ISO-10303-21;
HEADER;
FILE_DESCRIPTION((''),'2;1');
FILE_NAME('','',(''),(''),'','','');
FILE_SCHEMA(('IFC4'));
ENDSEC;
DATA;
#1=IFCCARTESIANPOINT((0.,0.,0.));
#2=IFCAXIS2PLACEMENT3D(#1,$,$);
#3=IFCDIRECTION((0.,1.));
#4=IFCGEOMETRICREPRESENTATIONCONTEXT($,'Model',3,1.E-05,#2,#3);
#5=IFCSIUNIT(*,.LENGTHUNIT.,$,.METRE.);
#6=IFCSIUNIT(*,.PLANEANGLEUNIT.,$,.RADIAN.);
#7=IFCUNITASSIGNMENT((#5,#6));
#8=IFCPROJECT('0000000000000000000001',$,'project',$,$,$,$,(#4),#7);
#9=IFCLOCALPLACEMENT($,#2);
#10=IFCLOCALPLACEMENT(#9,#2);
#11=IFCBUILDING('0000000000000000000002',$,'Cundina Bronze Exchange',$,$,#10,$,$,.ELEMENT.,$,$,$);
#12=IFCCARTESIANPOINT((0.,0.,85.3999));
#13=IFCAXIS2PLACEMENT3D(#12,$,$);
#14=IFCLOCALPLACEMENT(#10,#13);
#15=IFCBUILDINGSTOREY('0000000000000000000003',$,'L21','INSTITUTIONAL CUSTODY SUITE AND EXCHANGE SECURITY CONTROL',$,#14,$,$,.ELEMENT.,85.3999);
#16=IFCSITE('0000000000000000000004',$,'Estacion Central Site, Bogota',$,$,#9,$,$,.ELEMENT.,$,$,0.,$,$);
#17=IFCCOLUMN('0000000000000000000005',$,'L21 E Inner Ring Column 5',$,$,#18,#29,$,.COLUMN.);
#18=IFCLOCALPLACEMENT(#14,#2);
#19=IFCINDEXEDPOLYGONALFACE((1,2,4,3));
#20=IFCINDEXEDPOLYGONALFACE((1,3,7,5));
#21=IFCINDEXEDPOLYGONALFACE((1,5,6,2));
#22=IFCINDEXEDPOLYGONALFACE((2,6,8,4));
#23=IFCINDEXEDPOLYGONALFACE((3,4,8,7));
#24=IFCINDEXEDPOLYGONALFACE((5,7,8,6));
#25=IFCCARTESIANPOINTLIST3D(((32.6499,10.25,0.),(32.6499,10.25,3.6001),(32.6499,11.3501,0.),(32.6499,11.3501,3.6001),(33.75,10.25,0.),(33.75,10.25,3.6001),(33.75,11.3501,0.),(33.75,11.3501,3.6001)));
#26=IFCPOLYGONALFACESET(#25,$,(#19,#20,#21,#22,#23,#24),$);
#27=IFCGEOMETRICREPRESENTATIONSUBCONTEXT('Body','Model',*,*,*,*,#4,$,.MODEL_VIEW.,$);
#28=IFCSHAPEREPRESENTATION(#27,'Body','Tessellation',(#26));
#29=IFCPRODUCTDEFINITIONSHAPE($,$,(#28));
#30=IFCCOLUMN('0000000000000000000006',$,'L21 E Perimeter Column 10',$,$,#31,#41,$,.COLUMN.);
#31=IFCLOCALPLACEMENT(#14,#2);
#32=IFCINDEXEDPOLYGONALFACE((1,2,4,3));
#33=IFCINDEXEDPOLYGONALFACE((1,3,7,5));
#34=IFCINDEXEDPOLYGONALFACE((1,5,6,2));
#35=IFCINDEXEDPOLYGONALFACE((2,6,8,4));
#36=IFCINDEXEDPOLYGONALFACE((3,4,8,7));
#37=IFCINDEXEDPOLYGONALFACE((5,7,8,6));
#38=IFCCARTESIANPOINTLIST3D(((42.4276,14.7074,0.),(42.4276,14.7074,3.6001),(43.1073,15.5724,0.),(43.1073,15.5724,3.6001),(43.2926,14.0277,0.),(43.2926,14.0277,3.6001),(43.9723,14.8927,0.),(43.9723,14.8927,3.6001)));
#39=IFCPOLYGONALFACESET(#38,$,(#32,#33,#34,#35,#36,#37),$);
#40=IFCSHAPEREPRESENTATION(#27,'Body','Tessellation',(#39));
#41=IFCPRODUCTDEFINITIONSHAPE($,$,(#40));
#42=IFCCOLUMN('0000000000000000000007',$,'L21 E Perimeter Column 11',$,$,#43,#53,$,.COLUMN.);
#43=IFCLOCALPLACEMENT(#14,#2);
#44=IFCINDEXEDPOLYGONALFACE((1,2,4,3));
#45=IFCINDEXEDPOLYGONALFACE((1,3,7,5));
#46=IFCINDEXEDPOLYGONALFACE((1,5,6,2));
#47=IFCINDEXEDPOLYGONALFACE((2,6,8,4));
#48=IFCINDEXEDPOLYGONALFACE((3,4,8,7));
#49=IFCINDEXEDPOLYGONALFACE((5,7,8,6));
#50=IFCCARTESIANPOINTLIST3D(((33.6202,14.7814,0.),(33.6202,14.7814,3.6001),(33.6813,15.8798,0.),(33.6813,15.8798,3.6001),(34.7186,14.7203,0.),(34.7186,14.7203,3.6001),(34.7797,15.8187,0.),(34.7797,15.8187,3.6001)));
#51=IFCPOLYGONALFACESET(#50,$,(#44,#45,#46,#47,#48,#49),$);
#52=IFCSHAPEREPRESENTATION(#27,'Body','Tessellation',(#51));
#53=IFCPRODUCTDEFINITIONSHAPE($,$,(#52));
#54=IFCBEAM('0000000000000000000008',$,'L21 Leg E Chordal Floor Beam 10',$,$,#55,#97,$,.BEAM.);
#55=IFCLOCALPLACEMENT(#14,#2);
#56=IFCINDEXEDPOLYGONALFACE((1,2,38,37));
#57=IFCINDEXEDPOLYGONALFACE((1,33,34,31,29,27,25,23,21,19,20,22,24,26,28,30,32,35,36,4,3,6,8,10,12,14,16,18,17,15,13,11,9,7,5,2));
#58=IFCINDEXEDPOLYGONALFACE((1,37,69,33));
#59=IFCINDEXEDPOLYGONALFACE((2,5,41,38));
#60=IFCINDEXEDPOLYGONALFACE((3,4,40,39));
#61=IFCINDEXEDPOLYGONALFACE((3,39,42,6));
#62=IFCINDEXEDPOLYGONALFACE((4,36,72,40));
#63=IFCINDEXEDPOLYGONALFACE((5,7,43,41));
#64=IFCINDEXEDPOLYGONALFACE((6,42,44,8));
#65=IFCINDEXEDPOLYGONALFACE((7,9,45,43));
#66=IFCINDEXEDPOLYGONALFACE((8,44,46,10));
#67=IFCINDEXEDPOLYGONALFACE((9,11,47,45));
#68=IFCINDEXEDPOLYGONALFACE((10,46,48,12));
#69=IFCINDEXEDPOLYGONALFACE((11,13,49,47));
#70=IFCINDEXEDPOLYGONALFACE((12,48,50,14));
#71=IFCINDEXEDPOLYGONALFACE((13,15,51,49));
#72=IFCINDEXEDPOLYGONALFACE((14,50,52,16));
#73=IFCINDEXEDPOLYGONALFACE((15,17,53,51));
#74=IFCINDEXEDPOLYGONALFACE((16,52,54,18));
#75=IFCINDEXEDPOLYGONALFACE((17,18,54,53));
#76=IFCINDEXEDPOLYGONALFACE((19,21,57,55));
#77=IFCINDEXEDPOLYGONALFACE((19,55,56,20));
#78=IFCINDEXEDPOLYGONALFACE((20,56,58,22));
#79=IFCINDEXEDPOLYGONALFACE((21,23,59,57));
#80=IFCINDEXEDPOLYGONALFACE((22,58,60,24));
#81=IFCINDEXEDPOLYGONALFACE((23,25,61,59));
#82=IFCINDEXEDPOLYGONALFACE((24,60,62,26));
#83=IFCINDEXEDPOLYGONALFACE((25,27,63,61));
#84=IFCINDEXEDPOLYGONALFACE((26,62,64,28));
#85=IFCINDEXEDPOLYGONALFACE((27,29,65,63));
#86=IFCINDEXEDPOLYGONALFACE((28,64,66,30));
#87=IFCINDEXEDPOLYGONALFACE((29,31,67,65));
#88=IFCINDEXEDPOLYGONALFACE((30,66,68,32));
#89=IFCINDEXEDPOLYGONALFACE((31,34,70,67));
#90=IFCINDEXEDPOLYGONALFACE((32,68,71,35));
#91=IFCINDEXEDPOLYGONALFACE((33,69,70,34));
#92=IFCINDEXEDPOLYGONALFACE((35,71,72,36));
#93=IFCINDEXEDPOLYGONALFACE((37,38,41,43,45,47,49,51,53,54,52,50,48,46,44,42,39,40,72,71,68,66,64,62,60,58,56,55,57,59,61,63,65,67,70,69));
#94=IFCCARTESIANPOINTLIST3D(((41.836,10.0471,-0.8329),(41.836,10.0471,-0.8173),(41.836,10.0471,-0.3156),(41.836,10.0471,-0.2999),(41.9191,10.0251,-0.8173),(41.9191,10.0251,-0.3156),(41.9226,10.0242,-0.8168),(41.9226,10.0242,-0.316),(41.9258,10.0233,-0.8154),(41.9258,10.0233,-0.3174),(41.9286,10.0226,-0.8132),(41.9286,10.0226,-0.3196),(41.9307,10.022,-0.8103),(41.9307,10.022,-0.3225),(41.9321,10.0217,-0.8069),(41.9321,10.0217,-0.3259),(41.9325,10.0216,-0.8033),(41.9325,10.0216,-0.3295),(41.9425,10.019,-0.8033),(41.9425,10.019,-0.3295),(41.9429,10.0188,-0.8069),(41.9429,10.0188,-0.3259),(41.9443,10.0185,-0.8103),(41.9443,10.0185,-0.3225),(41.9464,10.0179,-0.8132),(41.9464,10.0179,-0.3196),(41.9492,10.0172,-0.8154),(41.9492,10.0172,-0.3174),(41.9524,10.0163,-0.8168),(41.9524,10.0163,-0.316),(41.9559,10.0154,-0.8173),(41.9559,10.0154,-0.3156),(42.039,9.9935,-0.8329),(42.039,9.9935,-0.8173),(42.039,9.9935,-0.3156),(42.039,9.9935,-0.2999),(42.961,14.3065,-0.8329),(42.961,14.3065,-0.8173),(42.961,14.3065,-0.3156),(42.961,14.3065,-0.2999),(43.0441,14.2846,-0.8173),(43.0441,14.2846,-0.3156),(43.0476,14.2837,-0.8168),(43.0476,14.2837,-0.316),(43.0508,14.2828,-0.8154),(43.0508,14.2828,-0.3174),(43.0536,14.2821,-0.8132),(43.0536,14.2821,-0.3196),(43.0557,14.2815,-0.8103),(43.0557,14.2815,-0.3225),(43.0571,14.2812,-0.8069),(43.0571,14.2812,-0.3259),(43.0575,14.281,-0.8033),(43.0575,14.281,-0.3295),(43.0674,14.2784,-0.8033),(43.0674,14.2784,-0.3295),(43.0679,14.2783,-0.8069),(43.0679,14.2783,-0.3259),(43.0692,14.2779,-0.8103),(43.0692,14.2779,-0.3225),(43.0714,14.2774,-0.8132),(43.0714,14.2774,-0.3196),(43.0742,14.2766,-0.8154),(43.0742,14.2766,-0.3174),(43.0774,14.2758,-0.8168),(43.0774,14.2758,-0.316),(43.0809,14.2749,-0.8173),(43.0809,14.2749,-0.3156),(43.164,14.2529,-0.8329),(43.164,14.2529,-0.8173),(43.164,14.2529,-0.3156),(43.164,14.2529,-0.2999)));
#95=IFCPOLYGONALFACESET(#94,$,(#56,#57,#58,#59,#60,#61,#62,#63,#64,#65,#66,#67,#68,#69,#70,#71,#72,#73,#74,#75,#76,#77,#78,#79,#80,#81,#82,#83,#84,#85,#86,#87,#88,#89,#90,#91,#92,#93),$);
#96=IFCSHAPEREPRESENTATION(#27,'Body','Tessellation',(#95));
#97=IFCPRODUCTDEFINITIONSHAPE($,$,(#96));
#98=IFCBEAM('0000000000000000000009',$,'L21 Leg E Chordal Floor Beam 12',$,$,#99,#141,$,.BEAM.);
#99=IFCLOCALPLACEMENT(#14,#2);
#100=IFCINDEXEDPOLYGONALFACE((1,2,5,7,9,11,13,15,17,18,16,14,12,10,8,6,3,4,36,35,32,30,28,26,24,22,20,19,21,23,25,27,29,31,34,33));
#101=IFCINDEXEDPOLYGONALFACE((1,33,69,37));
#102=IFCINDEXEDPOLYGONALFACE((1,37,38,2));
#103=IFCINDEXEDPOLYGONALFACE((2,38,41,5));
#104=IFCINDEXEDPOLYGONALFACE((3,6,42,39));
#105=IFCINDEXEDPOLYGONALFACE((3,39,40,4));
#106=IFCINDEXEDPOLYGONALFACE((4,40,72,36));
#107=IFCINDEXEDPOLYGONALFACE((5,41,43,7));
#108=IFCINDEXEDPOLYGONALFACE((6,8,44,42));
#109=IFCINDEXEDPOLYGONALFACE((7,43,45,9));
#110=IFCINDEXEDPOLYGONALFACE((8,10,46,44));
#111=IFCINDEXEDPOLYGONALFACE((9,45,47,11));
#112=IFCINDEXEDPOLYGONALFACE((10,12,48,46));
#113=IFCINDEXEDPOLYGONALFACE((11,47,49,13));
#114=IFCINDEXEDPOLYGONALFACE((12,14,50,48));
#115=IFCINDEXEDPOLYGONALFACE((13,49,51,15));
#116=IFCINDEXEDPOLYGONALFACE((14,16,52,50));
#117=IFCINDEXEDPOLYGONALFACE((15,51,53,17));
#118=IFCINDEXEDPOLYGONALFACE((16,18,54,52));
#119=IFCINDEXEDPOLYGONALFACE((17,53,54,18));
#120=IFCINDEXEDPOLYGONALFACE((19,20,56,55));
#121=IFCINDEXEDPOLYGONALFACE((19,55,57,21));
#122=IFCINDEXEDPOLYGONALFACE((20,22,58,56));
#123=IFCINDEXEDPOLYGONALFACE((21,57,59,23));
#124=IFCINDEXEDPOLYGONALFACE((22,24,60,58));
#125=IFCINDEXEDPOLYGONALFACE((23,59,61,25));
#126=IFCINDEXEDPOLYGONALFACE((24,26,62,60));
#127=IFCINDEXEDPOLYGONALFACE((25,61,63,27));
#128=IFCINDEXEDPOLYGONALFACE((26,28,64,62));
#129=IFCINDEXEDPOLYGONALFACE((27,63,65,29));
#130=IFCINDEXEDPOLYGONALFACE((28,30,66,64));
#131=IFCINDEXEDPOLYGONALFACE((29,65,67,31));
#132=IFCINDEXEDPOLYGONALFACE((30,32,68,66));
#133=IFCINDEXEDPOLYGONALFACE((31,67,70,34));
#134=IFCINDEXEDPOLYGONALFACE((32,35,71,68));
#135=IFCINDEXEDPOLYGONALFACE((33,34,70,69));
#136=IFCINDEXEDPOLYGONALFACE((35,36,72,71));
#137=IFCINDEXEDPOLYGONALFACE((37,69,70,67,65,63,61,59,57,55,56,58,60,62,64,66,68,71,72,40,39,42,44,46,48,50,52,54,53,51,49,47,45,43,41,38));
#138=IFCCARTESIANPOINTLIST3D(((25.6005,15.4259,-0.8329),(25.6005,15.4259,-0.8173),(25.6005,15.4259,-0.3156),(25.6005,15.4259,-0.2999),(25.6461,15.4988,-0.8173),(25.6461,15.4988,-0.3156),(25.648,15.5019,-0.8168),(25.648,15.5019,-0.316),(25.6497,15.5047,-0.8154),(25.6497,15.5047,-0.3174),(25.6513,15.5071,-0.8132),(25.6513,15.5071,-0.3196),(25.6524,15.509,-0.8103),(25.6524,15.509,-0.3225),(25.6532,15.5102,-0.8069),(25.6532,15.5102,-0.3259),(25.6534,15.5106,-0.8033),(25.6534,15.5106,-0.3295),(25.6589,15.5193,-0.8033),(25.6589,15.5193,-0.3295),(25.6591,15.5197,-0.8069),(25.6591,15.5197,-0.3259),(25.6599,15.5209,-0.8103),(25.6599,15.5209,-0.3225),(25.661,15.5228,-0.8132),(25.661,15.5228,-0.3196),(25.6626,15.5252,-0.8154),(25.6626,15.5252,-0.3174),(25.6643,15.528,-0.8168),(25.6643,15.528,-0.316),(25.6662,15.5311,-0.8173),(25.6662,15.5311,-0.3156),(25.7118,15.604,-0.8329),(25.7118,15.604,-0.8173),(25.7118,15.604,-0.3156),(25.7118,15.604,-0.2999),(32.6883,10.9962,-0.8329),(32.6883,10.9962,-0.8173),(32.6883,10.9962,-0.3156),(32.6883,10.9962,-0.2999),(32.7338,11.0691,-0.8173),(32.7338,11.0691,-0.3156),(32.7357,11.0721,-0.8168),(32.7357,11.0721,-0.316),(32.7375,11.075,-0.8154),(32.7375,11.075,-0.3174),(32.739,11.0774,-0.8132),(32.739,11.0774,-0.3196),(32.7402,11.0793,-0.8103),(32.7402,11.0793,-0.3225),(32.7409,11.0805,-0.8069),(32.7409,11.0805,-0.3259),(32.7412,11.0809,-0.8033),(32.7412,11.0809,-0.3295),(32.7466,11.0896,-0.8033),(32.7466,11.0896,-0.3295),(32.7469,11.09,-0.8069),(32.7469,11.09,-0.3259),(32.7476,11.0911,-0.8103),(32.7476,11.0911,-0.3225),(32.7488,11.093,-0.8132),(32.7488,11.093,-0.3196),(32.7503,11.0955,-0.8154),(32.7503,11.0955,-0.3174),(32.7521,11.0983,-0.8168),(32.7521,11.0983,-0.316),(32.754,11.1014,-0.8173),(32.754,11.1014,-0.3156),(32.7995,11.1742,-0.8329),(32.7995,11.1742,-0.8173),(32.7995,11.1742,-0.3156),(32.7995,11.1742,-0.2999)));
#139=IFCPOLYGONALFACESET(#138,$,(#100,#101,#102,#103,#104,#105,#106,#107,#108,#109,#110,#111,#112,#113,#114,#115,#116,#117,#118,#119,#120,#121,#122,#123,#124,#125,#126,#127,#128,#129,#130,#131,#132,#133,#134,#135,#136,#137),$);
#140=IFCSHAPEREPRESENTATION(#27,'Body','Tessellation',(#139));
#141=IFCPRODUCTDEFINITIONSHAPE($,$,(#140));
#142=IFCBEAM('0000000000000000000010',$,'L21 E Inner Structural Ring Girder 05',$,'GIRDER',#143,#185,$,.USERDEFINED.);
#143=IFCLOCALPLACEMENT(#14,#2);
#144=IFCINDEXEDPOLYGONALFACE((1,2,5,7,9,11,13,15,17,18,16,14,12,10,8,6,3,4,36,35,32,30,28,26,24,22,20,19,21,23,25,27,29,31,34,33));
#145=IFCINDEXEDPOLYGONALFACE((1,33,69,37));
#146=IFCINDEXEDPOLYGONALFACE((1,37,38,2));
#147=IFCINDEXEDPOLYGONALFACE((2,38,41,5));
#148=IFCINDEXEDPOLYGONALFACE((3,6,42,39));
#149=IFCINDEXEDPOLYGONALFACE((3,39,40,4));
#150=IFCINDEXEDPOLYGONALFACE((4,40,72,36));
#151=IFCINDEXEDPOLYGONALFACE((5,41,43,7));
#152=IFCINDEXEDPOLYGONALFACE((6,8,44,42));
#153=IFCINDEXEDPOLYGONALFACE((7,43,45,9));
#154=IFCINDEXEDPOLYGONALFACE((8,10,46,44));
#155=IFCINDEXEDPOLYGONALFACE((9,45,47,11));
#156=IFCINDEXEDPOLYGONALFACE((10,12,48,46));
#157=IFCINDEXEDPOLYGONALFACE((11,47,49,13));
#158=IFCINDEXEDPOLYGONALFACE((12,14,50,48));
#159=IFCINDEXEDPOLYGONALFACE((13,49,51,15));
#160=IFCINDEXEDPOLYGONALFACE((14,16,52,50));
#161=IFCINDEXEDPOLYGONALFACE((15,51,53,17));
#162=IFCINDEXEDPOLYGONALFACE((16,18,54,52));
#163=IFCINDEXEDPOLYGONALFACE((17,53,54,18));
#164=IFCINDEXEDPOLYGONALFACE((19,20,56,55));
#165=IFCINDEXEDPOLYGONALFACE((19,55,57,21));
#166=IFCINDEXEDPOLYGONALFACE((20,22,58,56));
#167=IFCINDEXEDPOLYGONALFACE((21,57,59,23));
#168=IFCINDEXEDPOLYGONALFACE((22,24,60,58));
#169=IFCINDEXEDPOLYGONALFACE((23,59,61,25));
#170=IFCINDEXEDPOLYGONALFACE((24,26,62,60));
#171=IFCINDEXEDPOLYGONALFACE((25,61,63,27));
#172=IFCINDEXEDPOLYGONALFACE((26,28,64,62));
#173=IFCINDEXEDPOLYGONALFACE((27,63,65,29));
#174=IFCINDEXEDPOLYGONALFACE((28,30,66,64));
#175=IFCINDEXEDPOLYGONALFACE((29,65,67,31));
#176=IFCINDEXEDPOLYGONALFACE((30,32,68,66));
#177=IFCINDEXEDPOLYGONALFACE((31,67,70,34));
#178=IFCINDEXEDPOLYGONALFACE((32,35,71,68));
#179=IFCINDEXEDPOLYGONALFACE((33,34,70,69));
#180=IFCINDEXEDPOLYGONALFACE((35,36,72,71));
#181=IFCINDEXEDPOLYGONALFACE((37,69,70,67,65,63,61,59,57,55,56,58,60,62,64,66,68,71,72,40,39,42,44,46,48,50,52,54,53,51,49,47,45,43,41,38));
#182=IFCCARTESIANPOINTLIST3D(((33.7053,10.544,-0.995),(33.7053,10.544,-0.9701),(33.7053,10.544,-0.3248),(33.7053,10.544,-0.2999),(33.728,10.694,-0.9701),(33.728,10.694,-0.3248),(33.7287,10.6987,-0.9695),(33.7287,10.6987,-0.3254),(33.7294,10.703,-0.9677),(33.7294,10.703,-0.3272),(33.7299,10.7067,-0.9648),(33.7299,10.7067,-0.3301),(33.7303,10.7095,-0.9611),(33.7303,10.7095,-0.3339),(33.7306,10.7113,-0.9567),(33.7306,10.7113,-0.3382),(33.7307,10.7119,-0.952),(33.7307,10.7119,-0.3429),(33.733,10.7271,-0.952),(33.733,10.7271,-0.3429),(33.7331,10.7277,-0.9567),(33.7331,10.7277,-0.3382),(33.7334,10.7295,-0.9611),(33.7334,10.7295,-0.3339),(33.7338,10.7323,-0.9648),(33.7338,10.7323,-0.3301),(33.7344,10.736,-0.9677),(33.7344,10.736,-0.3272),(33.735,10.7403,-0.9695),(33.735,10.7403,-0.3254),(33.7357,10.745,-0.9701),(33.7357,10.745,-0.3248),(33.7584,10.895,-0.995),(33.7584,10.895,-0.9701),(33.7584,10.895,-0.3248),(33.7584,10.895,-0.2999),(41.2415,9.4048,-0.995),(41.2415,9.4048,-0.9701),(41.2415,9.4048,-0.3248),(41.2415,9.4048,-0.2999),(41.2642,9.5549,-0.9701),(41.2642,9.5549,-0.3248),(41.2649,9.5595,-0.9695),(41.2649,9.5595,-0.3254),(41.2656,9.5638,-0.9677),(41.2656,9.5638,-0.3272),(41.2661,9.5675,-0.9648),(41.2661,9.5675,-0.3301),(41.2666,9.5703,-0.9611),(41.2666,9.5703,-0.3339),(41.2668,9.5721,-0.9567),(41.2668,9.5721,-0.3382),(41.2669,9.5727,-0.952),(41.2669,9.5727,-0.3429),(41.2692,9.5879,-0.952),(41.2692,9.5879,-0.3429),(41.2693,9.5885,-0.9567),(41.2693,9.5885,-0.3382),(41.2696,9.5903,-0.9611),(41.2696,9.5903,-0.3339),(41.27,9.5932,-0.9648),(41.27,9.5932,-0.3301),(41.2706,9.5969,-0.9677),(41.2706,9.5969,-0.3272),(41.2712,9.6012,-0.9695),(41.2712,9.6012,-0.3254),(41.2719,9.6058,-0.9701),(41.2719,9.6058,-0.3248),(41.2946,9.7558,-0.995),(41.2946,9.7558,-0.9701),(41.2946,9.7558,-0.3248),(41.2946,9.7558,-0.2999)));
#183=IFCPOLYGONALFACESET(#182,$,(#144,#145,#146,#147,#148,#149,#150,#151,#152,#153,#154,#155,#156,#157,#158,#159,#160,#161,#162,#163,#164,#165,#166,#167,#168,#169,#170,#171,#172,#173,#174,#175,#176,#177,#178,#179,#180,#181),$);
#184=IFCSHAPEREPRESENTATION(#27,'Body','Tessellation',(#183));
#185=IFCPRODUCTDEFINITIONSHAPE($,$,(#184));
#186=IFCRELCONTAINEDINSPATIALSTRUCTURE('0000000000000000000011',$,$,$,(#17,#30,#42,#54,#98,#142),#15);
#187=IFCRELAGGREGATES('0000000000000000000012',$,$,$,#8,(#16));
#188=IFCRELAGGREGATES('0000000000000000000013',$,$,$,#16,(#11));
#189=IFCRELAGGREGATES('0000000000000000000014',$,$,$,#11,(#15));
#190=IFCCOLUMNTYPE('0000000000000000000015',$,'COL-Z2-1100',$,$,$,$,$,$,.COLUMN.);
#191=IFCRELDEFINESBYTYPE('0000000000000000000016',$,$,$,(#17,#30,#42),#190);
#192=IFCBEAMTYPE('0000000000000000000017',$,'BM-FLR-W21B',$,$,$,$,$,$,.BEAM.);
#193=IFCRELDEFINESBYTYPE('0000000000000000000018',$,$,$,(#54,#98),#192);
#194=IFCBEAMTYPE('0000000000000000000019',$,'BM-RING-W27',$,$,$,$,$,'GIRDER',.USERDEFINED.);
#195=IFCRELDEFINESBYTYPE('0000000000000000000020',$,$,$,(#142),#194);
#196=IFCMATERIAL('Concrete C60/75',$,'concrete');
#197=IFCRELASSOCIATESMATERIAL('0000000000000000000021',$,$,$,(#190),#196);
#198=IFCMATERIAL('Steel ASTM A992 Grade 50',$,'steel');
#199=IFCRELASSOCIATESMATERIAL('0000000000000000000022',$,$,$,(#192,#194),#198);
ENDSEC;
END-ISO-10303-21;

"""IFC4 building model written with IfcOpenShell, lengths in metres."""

from ifc_helpers import new_model, si_unit, direction, frame, origin, origin_2d, place, context, subcontext, project, spatial, rectangle, i_section, extrude, material, material_profile, profile_set, type_object, element, save


model = new_model("IFC4")

# Units and contexts
model_context = context("Model", 3, precision=1e-05, world=origin(), true_north=direction((0.0, 1.0)))
body_context = subcontext(model_context, "Body", "Model", "MODEL_VIEW")
ifc_project = project(units=[si_unit("LENGTHUNIT", "METRE"), si_unit("PLANEANGLEUNIT", "RADIAN")], contexts=[model_context])

# Site, building, storey
site_placement = place(None, origin())
site = spatial("IfcSite", under=ifc_project, at=site_placement, Name="Estacion Central Site, Bogota", CompositionType="ELEMENT", RefElevation=0.0)
building_placement = place(site_placement, origin())
building = spatial("IfcBuilding", under=site, at=building_placement, Name="Cundina Bronze Exchange", CompositionType="ELEMENT")
storey_placement = place(building_placement, frame((0.0, 0.0, 85.3999)))
storey = spatial("IfcBuildingStorey", under=building, at=storey_placement, Name="L21", Description="INSTITUTIONAL CUSTODY SUITE AND EXCHANGE SECURITY CONTROL", CompositionType="ELEMENT", Elevation=85.3999)

# Columns
ifc_material_1 = material(Name="Concrete C60/75", Category="concrete")
ifc_material_profile_1 = material_profile(ifc_material_1, rectangle(XDim=1.1001, YDim=1.1001, at=origin_2d()), Name="RC1100X1100", Category="concrete")
ifc_profile_set_1 = profile_set([ifc_material_profile_1], Name="Concrete C60/75")
column_type = type_object("IfcColumnType", Name="COL-Z2-1100", PredefinedType="COLUMN", material=ifc_profile_set_1)
for number, where, z_axis, x_axis, name in (
    (1, (33.2, 10.8, 0.0), (0.0, 0.0, 1.0), (1.0, 0.0, 0.0), "L21 E Inner Ring Column 5"),
    (2, (43.2, 14.8, 0.0), (0.0, 0.0, 1.0), (-0.786288, 0.61786, 0.0), "L21 E Perimeter Column 10"),
    (3, (34.2, 15.3, 0.0), (0.0, 0.0, 1.0), (-0.99846, 0.055473, 0.0), "L21 E Perimeter Column 11"),
):
    element("IfcColumn", number, at=place(storey_placement, frame(where, z_axis=z_axis, x_axis=x_axis)), inside=storey, type_object=column_type, Name=name, PredefinedType="COLUMN", context=body_context, shape_type="SweptSolid", body=[
        extrude(rectangle(XDim=1.1001, YDim=1.1001, at=origin_2d()), origin(), (0.0, 0.0, 1.0), 3.6001),
    ])

# Beams
ifc_material_2 = material(Name="Steel ASTM A992 Grade 50", Category="steel")
ifc_material_profile_2 = material_profile(ifc_material_2, i_section(OverallWidth=0.21, OverallDepth=0.533, WebThickness=0.0103, FlangeThickness=0.0156, FilletRadius=0.0139, at=origin_2d()), Name="W21X62", Category="steel")
ifc_profile_set_2 = profile_set([ifc_material_profile_2], Name="Steel ASTM A992 Grade 50")
beam_type_1 = type_object("IfcBeamType", Name="BM-FLR-W21B", PredefinedType="BEAM", material=ifc_profile_set_2)
beam_1_placement = place(storey_placement, frame((41.9375, 10.0203, -0.5664), z_axis=(0.255358, 0.966847, 0.0), x_axis=(-0.966847, 0.255358, 0.0)))
element("IfcBeam", 4, at=beam_1_placement, inside=storey, type_object=beam_type_1, Name="L21 Leg E Chordal Floor Beam 10", PredefinedType="BEAM", context=body_context, shape_type="SweptSolid", body=[
    extrude(i_section(OverallWidth=0.21, OverallDepth=0.533, WebThickness=0.0103, FlangeThickness=0.0156, FilletRadius=0.0139, at=origin_2d()), origin(), (0.0, 0.0, 1.0), 4.4055),
])
beam_2_placement = place(storey_placement, frame((32.7439, 11.0852, -0.5664), z_axis=(-0.848003, 0.529991, 0.0), x_axis=(-0.529991, -0.848003, 0.0)))
element("IfcBeam", 5, at=beam_2_placement, inside=storey, type_object=beam_type_1, Name="L21 Leg E Chordal Floor Beam 12", PredefinedType="BEAM", context=body_context, shape_type="SweptSolid", body=[
    extrude(i_section(OverallWidth=0.21, OverallDepth=0.533, WebThickness=0.0103, FlangeThickness=0.0156, FilletRadius=0.0139, at=origin_2d()), origin(), (0.0, 0.0, 1.0), 8.3582),
])
ifc_material_profile_3 = material_profile(ifc_material_2, i_section(OverallWidth=0.355, OverallDepth=0.6951, WebThickness=0.0154, FlangeThickness=0.0249, FilletRadius=0.0181, at=origin_2d()), Name="W27X146", Category="steel")
ifc_profile_set_3 = profile_set([ifc_material_profile_3], Name="Steel ASTM A992 Grade 50")
beam_type_2 = type_object("IfcBeamType", Name="BM-RING-W27", ElementType="GIRDER", PredefinedType="USERDEFINED", material=ifc_profile_set_3)
beam_3_placement = place(storey_placement, frame((41.2681, 9.5803, -0.6475), z_axis=(-0.988767, 0.149462, 0.0), x_axis=(-0.149462, -0.988767, 0.0)))
element("IfcBeam", 6, at=beam_3_placement, inside=storey, type_object=beam_type_2, Name="L21 E Inner Structural Ring Girder 05", ObjectType="GIRDER", PredefinedType="USERDEFINED", context=body_context, shape_type="SweptSolid", body=[
    extrude(i_section(OverallWidth=0.355, OverallDepth=0.6951, WebThickness=0.0154, FlangeThickness=0.0249, FilletRadius=0.0181, at=origin_2d()), origin(), (0.0, 0.0, 1.0), 7.6218),
])

save(model, "model.ifc")
